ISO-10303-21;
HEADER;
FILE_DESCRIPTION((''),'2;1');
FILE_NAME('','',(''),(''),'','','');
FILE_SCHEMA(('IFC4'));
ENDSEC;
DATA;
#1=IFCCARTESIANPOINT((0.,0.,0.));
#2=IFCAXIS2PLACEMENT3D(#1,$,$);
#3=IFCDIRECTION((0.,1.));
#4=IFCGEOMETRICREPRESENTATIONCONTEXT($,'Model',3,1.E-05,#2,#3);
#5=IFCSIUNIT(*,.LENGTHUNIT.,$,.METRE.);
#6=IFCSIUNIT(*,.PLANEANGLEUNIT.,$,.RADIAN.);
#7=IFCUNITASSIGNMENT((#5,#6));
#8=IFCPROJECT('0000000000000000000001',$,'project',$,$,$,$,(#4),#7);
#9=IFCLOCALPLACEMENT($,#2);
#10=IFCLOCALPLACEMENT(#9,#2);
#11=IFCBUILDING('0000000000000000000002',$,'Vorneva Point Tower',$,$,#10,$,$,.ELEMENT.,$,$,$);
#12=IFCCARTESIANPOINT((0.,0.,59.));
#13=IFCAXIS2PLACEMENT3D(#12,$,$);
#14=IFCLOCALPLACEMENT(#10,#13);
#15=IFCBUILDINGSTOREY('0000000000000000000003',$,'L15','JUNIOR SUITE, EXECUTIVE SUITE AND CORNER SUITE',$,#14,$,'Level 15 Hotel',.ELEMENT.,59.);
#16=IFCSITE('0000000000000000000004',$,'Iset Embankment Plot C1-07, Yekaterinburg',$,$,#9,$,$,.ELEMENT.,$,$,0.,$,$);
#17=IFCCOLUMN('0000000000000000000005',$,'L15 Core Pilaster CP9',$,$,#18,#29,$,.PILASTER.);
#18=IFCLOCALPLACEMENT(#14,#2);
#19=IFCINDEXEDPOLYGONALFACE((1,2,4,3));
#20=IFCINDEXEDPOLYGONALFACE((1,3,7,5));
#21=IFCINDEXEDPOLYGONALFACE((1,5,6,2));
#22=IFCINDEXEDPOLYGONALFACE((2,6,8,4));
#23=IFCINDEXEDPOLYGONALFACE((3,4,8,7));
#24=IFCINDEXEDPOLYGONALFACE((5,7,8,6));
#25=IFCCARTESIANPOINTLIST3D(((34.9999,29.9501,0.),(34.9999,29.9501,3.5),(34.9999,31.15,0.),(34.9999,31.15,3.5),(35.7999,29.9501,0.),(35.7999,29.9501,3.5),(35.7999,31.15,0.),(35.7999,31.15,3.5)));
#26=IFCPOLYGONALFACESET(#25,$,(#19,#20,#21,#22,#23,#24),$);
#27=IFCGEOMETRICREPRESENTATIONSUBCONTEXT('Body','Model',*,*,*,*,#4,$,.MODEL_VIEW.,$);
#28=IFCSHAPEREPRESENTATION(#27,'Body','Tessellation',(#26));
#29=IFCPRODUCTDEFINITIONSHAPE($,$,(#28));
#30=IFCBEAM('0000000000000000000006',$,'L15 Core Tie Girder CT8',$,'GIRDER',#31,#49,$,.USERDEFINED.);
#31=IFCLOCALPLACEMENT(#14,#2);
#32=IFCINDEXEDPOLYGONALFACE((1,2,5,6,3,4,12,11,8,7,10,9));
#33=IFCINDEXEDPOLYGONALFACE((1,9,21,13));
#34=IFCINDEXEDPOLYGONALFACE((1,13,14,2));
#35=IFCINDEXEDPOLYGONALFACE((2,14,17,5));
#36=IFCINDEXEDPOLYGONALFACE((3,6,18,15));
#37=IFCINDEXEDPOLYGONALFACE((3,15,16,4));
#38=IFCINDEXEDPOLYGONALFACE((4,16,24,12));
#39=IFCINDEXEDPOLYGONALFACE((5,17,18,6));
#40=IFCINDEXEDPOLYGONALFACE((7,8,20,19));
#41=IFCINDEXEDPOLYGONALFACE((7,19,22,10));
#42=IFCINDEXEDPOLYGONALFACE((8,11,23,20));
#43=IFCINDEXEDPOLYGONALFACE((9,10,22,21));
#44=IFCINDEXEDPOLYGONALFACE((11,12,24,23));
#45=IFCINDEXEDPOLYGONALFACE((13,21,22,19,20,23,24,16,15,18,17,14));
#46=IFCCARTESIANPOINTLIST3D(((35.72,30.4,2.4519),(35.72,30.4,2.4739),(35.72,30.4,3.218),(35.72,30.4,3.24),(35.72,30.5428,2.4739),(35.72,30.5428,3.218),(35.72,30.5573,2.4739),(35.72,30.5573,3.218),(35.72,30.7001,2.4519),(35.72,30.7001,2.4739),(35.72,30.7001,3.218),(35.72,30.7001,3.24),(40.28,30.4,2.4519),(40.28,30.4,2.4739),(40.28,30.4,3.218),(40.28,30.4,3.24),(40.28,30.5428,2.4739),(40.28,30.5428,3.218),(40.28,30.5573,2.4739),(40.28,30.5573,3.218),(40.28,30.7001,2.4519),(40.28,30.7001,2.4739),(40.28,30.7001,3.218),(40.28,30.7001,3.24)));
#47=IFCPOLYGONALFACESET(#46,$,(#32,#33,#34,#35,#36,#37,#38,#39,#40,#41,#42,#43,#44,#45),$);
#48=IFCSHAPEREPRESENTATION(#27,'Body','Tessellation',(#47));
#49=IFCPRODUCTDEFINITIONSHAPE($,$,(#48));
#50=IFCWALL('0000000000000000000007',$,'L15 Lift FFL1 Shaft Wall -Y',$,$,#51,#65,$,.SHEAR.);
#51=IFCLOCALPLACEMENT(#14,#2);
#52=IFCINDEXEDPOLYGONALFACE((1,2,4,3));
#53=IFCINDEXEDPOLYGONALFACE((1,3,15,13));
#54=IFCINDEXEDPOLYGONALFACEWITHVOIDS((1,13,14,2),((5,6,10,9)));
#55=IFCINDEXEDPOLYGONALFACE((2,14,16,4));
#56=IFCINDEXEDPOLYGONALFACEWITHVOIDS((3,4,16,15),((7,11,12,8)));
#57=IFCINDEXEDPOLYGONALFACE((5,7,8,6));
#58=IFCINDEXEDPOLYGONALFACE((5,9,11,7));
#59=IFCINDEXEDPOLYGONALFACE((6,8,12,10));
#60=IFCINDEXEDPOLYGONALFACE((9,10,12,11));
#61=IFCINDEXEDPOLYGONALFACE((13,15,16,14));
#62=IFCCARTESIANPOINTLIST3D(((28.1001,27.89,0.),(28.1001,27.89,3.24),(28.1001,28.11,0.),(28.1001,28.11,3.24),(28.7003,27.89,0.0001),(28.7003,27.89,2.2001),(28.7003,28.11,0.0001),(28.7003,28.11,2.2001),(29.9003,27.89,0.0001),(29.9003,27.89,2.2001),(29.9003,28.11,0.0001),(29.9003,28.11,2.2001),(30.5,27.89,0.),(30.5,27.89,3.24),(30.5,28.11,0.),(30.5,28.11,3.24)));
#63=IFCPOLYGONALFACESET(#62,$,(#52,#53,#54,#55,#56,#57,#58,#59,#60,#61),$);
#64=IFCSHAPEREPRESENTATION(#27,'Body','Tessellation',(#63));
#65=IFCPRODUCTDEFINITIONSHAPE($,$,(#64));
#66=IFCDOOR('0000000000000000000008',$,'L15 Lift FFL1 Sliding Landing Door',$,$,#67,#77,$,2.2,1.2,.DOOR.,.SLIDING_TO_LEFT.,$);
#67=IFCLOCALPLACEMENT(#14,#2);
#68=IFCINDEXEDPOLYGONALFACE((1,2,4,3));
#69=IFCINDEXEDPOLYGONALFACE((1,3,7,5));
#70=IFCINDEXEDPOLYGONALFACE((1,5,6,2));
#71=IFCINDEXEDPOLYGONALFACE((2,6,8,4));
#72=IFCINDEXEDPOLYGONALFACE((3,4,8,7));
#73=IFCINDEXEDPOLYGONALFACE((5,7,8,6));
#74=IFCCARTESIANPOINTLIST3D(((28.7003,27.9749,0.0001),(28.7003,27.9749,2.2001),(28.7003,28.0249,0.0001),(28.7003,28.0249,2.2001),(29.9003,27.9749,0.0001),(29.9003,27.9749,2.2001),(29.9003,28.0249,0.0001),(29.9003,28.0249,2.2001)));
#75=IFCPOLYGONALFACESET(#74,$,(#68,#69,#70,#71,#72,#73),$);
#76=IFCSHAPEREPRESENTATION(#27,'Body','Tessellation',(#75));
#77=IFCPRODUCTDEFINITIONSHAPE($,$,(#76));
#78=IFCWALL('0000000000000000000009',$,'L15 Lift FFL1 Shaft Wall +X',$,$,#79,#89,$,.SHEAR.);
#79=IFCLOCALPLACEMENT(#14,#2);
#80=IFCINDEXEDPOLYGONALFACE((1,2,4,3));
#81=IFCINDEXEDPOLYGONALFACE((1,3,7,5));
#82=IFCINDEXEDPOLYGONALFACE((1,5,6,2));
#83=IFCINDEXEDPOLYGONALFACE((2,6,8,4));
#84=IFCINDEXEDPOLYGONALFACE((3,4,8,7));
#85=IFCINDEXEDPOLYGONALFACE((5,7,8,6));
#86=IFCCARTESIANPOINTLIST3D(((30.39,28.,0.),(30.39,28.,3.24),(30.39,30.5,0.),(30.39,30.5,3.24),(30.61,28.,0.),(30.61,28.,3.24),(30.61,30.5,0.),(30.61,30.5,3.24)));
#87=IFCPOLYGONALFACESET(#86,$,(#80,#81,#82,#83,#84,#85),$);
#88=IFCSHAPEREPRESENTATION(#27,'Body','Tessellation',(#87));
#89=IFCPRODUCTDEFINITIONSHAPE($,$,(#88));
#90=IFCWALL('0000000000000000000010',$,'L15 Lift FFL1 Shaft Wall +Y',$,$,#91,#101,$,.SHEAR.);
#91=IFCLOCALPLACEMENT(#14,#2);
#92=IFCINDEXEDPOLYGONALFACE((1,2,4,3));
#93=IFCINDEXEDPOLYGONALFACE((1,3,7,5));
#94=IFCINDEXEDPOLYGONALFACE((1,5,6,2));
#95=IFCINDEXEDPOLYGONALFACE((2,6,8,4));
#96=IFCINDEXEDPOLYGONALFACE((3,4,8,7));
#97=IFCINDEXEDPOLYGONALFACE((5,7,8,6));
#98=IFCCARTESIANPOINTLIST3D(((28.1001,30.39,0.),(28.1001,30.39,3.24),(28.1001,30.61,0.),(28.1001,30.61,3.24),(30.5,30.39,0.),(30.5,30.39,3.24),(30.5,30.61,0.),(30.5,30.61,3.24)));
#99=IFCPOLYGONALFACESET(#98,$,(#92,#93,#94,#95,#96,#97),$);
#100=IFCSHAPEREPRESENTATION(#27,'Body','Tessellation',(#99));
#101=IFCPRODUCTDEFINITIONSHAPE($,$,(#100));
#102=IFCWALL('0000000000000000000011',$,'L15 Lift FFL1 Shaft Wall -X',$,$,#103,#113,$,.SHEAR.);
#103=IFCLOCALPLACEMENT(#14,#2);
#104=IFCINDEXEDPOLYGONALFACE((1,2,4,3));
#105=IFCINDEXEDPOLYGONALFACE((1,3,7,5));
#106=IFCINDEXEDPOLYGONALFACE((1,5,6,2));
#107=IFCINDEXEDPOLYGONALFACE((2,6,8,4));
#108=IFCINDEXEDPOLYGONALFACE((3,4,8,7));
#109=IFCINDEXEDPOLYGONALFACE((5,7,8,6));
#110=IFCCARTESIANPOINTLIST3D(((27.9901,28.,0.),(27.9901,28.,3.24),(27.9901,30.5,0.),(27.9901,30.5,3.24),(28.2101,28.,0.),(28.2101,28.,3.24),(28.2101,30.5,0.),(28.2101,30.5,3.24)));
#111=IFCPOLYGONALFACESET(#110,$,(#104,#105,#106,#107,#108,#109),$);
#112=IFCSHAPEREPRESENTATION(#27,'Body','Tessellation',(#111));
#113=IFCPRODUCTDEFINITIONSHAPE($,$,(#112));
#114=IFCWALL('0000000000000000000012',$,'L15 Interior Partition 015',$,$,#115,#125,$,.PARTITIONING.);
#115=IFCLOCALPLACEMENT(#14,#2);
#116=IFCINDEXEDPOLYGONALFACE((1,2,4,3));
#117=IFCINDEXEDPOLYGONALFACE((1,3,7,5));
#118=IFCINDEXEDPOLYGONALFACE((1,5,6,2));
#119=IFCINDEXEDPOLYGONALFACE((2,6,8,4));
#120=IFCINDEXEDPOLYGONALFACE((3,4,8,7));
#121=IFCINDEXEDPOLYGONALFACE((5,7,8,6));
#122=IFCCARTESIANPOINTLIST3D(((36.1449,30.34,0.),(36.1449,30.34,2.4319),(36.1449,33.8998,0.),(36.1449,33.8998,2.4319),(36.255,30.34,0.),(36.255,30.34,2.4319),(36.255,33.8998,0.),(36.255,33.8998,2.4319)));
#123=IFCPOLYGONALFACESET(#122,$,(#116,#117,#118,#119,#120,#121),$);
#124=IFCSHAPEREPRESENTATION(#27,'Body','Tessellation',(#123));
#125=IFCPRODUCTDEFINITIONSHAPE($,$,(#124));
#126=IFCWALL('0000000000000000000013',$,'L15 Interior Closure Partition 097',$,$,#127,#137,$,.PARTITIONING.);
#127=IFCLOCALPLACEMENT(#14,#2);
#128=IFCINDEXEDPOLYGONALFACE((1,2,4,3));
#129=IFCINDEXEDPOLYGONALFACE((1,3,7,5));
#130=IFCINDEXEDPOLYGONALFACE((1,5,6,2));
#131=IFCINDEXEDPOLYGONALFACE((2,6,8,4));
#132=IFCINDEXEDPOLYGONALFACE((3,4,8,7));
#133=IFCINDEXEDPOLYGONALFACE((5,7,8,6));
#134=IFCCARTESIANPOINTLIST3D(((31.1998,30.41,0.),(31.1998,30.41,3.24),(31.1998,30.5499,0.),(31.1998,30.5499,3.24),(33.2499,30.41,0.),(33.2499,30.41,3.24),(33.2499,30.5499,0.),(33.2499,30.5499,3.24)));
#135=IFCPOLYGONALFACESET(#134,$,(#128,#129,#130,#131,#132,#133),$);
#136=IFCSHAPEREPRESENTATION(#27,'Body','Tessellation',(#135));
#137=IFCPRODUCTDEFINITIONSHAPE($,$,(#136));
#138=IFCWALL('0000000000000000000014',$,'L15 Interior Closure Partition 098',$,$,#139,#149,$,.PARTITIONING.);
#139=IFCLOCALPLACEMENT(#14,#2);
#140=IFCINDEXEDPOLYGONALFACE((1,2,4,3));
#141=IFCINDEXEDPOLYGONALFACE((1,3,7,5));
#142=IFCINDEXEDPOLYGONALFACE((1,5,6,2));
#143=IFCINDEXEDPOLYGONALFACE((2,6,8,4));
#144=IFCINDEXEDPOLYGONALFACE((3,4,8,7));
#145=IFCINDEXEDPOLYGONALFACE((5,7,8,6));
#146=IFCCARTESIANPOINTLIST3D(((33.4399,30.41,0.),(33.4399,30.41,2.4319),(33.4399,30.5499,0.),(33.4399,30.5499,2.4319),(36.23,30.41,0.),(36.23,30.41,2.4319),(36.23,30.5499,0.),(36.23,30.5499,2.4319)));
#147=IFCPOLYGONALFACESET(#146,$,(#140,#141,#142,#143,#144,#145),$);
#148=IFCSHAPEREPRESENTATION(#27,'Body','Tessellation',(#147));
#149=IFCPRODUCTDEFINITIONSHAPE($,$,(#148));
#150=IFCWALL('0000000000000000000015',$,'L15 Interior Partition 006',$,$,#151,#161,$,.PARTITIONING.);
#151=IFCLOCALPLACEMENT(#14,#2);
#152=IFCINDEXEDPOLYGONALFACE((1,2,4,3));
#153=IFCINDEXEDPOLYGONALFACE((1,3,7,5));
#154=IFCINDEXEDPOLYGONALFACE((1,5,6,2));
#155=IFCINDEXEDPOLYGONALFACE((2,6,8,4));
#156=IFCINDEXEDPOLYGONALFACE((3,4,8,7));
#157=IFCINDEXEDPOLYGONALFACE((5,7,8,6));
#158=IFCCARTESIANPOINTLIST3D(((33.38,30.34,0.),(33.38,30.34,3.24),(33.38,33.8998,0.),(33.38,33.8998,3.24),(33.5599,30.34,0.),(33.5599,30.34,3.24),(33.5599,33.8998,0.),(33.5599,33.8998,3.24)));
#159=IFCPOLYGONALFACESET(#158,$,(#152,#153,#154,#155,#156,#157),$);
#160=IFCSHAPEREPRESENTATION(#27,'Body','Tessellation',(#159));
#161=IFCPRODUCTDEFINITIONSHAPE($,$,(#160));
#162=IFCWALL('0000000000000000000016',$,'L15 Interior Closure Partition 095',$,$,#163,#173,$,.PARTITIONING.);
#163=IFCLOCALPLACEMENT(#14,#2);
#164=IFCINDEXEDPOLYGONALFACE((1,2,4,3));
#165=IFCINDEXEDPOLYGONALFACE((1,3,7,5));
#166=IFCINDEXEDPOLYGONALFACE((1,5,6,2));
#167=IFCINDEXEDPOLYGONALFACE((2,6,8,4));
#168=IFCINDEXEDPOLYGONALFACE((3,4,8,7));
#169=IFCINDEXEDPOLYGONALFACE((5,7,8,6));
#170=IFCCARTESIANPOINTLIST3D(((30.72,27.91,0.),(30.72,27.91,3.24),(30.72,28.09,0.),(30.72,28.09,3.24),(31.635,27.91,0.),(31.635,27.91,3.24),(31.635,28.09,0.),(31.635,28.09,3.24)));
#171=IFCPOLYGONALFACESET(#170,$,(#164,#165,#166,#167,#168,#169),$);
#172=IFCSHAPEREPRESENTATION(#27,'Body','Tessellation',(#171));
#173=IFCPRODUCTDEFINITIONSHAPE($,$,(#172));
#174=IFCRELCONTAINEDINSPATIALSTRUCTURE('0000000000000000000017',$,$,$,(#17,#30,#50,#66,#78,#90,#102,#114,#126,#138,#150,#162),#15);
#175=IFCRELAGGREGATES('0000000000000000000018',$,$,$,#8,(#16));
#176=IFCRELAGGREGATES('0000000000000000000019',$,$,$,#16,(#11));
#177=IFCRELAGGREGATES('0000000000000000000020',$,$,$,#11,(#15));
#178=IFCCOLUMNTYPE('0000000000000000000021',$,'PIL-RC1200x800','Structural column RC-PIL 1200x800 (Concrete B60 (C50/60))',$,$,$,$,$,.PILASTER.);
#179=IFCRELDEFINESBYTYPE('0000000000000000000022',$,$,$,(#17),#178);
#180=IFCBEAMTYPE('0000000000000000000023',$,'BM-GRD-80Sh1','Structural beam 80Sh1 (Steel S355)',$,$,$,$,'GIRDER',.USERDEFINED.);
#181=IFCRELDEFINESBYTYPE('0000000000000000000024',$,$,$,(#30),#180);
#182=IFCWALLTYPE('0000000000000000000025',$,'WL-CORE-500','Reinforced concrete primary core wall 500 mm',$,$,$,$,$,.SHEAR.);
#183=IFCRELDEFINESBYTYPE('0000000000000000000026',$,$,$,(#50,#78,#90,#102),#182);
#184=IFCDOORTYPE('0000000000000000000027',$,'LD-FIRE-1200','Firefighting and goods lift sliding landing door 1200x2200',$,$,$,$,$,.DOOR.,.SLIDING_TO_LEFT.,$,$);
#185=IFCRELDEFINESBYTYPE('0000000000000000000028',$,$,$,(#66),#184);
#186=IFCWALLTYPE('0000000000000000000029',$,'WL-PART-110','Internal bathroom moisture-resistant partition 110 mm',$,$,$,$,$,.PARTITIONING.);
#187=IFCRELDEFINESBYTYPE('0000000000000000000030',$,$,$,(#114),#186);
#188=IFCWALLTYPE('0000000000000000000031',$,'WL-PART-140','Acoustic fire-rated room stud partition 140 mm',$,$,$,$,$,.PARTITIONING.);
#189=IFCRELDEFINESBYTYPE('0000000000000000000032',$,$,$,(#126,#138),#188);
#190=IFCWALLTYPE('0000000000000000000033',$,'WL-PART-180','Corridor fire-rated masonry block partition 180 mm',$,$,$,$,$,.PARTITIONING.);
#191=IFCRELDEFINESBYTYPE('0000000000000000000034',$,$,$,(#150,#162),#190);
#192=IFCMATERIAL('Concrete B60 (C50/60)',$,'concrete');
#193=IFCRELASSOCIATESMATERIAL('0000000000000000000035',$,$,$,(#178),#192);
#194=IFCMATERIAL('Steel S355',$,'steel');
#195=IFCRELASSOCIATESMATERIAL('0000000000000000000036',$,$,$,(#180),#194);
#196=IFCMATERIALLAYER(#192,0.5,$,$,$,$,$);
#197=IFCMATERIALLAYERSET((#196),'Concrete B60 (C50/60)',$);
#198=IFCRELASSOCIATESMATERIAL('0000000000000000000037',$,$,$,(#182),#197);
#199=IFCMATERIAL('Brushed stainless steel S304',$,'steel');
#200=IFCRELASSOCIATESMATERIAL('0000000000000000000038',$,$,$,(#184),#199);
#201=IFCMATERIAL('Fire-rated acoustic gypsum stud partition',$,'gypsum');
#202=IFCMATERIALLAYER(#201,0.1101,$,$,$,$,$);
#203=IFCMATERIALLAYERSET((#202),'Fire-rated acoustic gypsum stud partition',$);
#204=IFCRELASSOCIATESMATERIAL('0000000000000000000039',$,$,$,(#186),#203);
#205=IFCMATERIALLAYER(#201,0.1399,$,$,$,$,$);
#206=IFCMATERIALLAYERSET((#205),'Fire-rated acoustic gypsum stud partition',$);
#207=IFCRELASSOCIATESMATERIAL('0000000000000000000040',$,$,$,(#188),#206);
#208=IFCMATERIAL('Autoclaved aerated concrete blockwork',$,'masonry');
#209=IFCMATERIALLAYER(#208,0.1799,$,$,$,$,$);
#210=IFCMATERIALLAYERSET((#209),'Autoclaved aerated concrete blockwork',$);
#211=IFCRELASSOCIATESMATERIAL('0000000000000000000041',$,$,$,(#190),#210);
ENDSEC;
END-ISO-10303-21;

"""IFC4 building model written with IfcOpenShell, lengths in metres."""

from ifc_helpers import new_model, si_unit, direction, frame, frame_2d, origin, origin_2d, place, context, subcontext, project, spatial, rectangle, i_section, extrude, material, layer, layer_set, material_profile, profile_set, type_object, element, fill, save


model = new_model("IFC4")

# Units and contexts
model_context = context("Model", 3, precision=1e-05, world=origin(), true_north=direction((0.0, 1.0)))
body_context = subcontext(model_context, "Body", "Model", "MODEL_VIEW")
ifc_project = project(units=[si_unit("LENGTHUNIT", "METRE"), si_unit("PLANEANGLEUNIT", "RADIAN")], contexts=[model_context])

# Site, building, storey
site_placement = place(None, origin())
site = spatial("IfcSite", under=ifc_project, at=site_placement, Name="Iset Embankment Plot C1-07, Yekaterinburg", CompositionType="ELEMENT", RefElevation=0.0)
building_placement = place(site_placement, origin())
building = spatial("IfcBuilding", under=site, at=building_placement, Name="Vorneva Point Tower", CompositionType="ELEMENT")
storey_placement = place(building_placement, frame((0.0, 0.0, 59.0)))
storey = spatial("IfcBuildingStorey", under=building, at=storey_placement, Name="L15", Description="JUNIOR SUITE, EXECUTIVE SUITE AND CORNER SUITE", LongName="Level 15 Hotel", CompositionType="ELEMENT", Elevation=59.0)

# Column
ifc_material_1 = material(Name="Concrete B60 (C50/60)", Category="concrete")
ifc_material_profile_1 = material_profile(ifc_material_1, rectangle(XDim=0.8, YDim=1.2, at=origin_2d()), Name="RC-PIL 1200x800")
ifc_profile_set_1 = profile_set([ifc_material_profile_1], Name="Concrete B60 (C50/60)")
column_type = type_object("IfcColumnType", Name="PIL-RC1200x800", Description="Structural column RC-PIL 1200x800 (Concrete B60 (C50/60))", PredefinedType="PILASTER", material=ifc_profile_set_1)
column_placement = place(storey_placement, frame((35.3999, 30.55, 0.0), z_axis=(0.0, 0.0, 1.0), x_axis=(1.0, 0.0, 0.0)))
element("IfcColumn", 1, at=column_placement, inside=storey, type_object=column_type, Name="L15 Core Pilaster CP9", PredefinedType="PILASTER", context=body_context, shape_type="SweptSolid", body=[
    extrude(rectangle(XDim=0.8, YDim=1.2, at=origin_2d()), origin(), (0.0, 0.0, 1.0), 3.5),
])

# Beam
ifc_material_2 = material(Name="Steel S355", Category="steel")
ifc_material_profile_2 = material_profile(ifc_material_2, i_section(OverallWidth=0.3, OverallDepth=0.7881, WebThickness=0.0144, FlangeThickness=0.022, at=origin_2d()), Name="80Sh1")
ifc_profile_set_2 = profile_set([ifc_material_profile_2], Name="Steel S355")
beam_type = type_object("IfcBeamType", Name="BM-GRD-80Sh1", Description="Structural beam 80Sh1 (Steel S355)", ElementType="GIRDER", PredefinedType="USERDEFINED", material=ifc_profile_set_2)
beam_placement = place(storey_placement, frame((35.72, 30.55, 2.8459), z_axis=(1.0, 0.0, 0.0), x_axis=(0.0, 1.0, 0.0)))
element("IfcBeam", 2, at=beam_placement, inside=storey, type_object=beam_type, Name="L15 Core Tie Girder CT8", ObjectType="GIRDER", PredefinedType="USERDEFINED", context=body_context, shape_type="SweptSolid", body=[
    extrude(i_section(OverallWidth=0.3, OverallDepth=0.7881, WebThickness=0.0144, FlangeThickness=0.022, at=origin_2d()), origin(), (0.0, 0.0, 1.0), 4.5601),
])

# Wall, opening, door
ifc_layer_1 = layer(ifc_material_1, 0.5)
ifc_layer_set_1 = layer_set([ifc_layer_1], Name="Concrete B60 (C50/60)")
wall_type_1 = type_object("IfcWallType", Name="WL-CORE-500", Description="Reinforced concrete primary core wall 500 mm", PredefinedType="SHEAR", material=ifc_layer_set_1)
wall_1_placement = place(storey_placement, frame((28.1001, 28.0, 0.0), z_axis=(0.0, 0.0, 1.0), x_axis=(1.0, 0.0, 0.0)))
wall_1 = element("IfcWall", 3, at=wall_1_placement, inside=storey, type_object=wall_type_1, Name="L15 Lift FFL1 Shaft Wall -Y", PredefinedType="SHEAR", context=body_context, shape_type="SweptSolid", body=[
    extrude(rectangle(XDim=2.3999, YDim=0.22, at=frame_2d((1.2, 0.0))), origin(), (0.0, 0.0, 1.0), 3.24),
])
opening_1_placement = place(wall_1_placement, frame((0.6001, 0.0, 0.0)))
opening_1 = element("IfcOpeningElement", 4, at=opening_1_placement, cuts=wall_1, PredefinedType="OPENING", context=body_context, shape_type="SweptSolid", body=[
    extrude(rectangle(XDim=1.2, YDim=2.2, at=frame_2d((0.6001, 1.1001))), frame((0.0, 0.125, 0.0), z_axis=(0.0, -1.0, 0.0), x_axis=(1.0, 0.0, 0.0)), (0.0, 0.0, 1.0), 0.2498),
])
ifc_material_3 = material(Name="Brushed stainless steel S304", Category="steel")
door_type_1 = type_object("IfcDoorType", Name="LD-FIRE-1200", Description="Firefighting and goods lift sliding landing door 1200x2200", OperationType="SLIDING_TO_LEFT", PredefinedType="DOOR", material=ifc_material_3)
door_1_placement = place(opening_1_placement, origin())
door_1 = element("IfcDoor", 5, at=door_1_placement, inside=storey, type_object=door_type_1, Name="L15 Lift FFL1 Sliding Landing Door", OperationType="SLIDING_TO_LEFT", OverallHeight=2.2, OverallWidth=1.2, PredefinedType="DOOR", context=body_context, shape_type="SweptSolid", body=[
    extrude(rectangle(XDim=1.2, YDim=2.2, at=frame_2d((0.6001, 1.1001))), frame((0.0, 0.0249, 0.0), z_axis=(0.0, -1.0, 0.0), x_axis=(1.0, 0.0, 0.0)), (0.0, 0.0, 1.0), 0.05),
])
fill(opening_1, door_1)

# Walls
wall_2_placement = place(storey_placement, frame((30.5, 28.0, 0.0), z_axis=(0.0, 0.0, 1.0), x_axis=(0.0, 1.0, 0.0)))
element("IfcWall", 6, at=wall_2_placement, inside=storey, type_object=wall_type_1, Name="L15 Lift FFL1 Shaft Wall +X", PredefinedType="SHEAR", context=body_context, shape_type="SweptSolid", body=[
    extrude(rectangle(XDim=2.5, YDim=0.22, at=frame_2d((1.25, 0.0))), origin(), (0.0, 0.0, 1.0), 3.24),
])
wall_3_placement = place(storey_placement, frame((30.5, 30.5, 0.0), z_axis=(0.0, 0.0, 1.0), x_axis=(-1.0, 0.0, 0.0)))
element("IfcWall", 7, at=wall_3_placement, inside=storey, type_object=wall_type_1, Name="L15 Lift FFL1 Shaft Wall +Y", PredefinedType="SHEAR", context=body_context, shape_type="SweptSolid", body=[
    extrude(rectangle(XDim=2.3999, YDim=0.22, at=frame_2d((1.2, 0.0))), origin(), (0.0, 0.0, 1.0), 3.24),
])
wall_4_placement = place(storey_placement, frame((28.1001, 30.5, 0.0), z_axis=(0.0, 0.0, 1.0), x_axis=(0.0, -1.0, 0.0)))
element("IfcWall", 8, at=wall_4_placement, inside=storey, type_object=wall_type_1, Name="L15 Lift FFL1 Shaft Wall -X", PredefinedType="SHEAR", context=body_context, shape_type="SweptSolid", body=[
    extrude(rectangle(XDim=2.5, YDim=0.22, at=frame_2d((1.25, 0.0))), origin(), (0.0, 0.0, 1.0), 3.24),
])
ifc_material_4 = material(Name="Fire-rated acoustic gypsum stud partition", Category="gypsum")
ifc_layer_2 = layer(ifc_material_4, 0.1101)
ifc_layer_set_2 = layer_set([ifc_layer_2], Name="Fire-rated acoustic gypsum stud partition")
wall_type_2 = type_object("IfcWallType", Name="WL-PART-110", Description="Internal bathroom moisture-resistant partition 110 mm", PredefinedType="PARTITIONING", material=ifc_layer_set_2)
wall_5_placement = place(storey_placement, frame((36.2, 30.3401, 0.0), z_axis=(0.0, 0.0, 1.0), x_axis=(0.0, 1.0, 0.0)))
element("IfcWall", 9, at=wall_5_placement, inside=storey, type_object=wall_type_2, Name="L15 Interior Partition 015", PredefinedType="PARTITIONING", context=body_context, shape_type="SweptSolid", body=[
    extrude(rectangle(XDim=3.5598, YDim=0.1101, at=frame_2d((1.7798, 0.0))), origin(), (0.0, 0.0, 1.0), 2.4319),
])
ifc_layer_3 = layer(ifc_material_4, 0.1399)
ifc_layer_set_3 = layer_set([ifc_layer_3], Name="Fire-rated acoustic gypsum stud partition")
wall_type_3 = type_object("IfcWallType", Name="WL-PART-140", Description="Acoustic fire-rated room stud partition 140 mm", PredefinedType="PARTITIONING", material=ifc_layer_set_3)
wall_6_placement = place(storey_placement, frame((31.2, 30.48, 0.0), z_axis=(0.0, 0.0, 1.0), x_axis=(1.0, 0.0, 0.0)))
element("IfcWall", 10, at=wall_6_placement, inside=storey, type_object=wall_type_3, Name="L15 Interior Closure Partition 097", PredefinedType="PARTITIONING", context=body_context, shape_type="SweptSolid", body=[
    extrude(rectangle(XDim=2.05, YDim=0.1399, at=frame_2d((1.0249, 0.0))), origin(), (0.0, 0.0, 1.0), 3.24),
])
wall_7_placement = place(storey_placement, frame((33.4399, 30.48, 0.0), z_axis=(0.0, 0.0, 1.0), x_axis=(1.0, 0.0, 0.0)))
element("IfcWall", 11, at=wall_7_placement, inside=storey, type_object=wall_type_3, Name="L15 Interior Closure Partition 098", PredefinedType="PARTITIONING", context=body_context, shape_type="SweptSolid", body=[
    extrude(rectangle(XDim=2.79, YDim=0.1399, at=frame_2d((1.395, 0.0))), origin(), (0.0, 0.0, 1.0), 2.4319),
])

# Shared definitions
ifc_material_5 = material(Name="Autoclaved aerated concrete blockwork", Category="masonry")
ifc_layer_4 = layer(ifc_material_5, 0.1799)
ifc_layer_set_4 = layer_set([ifc_layer_4], Name="Autoclaved aerated concrete blockwork")
wall_type_4 = type_object("IfcWallType", Name="WL-PART-180", Description="Corridor fire-rated masonry block partition 180 mm", PredefinedType="PARTITIONING", material=ifc_layer_set_4)

# Walls
wall_8_placement = place(storey_placement, frame((33.47, 30.3401, 0.0), z_axis=(0.0, 0.0, 1.0), x_axis=(0.0, 1.0, 0.0)))
element("IfcWall", 12, at=wall_8_placement, inside=storey, type_object=wall_type_4, Name="L15 Interior Partition 006", PredefinedType="PARTITIONING", context=body_context, shape_type="SweptSolid", body=[
    extrude(rectangle(XDim=3.5598, YDim=0.1799, at=frame_2d((1.7798, 0.0))), origin(), (0.0, 0.0, 1.0), 3.24),
])
wall_9_placement = place(storey_placement, frame((31.635, 28.0, 0.0), z_axis=(0.0, 0.0, 1.0), x_axis=(-1.0, 0.0, 0.0)))
element("IfcWall", 13, at=wall_9_placement, inside=storey, type_object=wall_type_4, Name="L15 Interior Closure Partition 095", PredefinedType="PARTITIONING", context=body_context, shape_type="SweptSolid", body=[
    extrude(rectangle(XDim=0.915, YDim=0.1799, at=frame_2d((0.4575, 0.0))), origin(), (0.0, 0.0, 1.0), 3.24),
])

save(model, "model.ifc")
